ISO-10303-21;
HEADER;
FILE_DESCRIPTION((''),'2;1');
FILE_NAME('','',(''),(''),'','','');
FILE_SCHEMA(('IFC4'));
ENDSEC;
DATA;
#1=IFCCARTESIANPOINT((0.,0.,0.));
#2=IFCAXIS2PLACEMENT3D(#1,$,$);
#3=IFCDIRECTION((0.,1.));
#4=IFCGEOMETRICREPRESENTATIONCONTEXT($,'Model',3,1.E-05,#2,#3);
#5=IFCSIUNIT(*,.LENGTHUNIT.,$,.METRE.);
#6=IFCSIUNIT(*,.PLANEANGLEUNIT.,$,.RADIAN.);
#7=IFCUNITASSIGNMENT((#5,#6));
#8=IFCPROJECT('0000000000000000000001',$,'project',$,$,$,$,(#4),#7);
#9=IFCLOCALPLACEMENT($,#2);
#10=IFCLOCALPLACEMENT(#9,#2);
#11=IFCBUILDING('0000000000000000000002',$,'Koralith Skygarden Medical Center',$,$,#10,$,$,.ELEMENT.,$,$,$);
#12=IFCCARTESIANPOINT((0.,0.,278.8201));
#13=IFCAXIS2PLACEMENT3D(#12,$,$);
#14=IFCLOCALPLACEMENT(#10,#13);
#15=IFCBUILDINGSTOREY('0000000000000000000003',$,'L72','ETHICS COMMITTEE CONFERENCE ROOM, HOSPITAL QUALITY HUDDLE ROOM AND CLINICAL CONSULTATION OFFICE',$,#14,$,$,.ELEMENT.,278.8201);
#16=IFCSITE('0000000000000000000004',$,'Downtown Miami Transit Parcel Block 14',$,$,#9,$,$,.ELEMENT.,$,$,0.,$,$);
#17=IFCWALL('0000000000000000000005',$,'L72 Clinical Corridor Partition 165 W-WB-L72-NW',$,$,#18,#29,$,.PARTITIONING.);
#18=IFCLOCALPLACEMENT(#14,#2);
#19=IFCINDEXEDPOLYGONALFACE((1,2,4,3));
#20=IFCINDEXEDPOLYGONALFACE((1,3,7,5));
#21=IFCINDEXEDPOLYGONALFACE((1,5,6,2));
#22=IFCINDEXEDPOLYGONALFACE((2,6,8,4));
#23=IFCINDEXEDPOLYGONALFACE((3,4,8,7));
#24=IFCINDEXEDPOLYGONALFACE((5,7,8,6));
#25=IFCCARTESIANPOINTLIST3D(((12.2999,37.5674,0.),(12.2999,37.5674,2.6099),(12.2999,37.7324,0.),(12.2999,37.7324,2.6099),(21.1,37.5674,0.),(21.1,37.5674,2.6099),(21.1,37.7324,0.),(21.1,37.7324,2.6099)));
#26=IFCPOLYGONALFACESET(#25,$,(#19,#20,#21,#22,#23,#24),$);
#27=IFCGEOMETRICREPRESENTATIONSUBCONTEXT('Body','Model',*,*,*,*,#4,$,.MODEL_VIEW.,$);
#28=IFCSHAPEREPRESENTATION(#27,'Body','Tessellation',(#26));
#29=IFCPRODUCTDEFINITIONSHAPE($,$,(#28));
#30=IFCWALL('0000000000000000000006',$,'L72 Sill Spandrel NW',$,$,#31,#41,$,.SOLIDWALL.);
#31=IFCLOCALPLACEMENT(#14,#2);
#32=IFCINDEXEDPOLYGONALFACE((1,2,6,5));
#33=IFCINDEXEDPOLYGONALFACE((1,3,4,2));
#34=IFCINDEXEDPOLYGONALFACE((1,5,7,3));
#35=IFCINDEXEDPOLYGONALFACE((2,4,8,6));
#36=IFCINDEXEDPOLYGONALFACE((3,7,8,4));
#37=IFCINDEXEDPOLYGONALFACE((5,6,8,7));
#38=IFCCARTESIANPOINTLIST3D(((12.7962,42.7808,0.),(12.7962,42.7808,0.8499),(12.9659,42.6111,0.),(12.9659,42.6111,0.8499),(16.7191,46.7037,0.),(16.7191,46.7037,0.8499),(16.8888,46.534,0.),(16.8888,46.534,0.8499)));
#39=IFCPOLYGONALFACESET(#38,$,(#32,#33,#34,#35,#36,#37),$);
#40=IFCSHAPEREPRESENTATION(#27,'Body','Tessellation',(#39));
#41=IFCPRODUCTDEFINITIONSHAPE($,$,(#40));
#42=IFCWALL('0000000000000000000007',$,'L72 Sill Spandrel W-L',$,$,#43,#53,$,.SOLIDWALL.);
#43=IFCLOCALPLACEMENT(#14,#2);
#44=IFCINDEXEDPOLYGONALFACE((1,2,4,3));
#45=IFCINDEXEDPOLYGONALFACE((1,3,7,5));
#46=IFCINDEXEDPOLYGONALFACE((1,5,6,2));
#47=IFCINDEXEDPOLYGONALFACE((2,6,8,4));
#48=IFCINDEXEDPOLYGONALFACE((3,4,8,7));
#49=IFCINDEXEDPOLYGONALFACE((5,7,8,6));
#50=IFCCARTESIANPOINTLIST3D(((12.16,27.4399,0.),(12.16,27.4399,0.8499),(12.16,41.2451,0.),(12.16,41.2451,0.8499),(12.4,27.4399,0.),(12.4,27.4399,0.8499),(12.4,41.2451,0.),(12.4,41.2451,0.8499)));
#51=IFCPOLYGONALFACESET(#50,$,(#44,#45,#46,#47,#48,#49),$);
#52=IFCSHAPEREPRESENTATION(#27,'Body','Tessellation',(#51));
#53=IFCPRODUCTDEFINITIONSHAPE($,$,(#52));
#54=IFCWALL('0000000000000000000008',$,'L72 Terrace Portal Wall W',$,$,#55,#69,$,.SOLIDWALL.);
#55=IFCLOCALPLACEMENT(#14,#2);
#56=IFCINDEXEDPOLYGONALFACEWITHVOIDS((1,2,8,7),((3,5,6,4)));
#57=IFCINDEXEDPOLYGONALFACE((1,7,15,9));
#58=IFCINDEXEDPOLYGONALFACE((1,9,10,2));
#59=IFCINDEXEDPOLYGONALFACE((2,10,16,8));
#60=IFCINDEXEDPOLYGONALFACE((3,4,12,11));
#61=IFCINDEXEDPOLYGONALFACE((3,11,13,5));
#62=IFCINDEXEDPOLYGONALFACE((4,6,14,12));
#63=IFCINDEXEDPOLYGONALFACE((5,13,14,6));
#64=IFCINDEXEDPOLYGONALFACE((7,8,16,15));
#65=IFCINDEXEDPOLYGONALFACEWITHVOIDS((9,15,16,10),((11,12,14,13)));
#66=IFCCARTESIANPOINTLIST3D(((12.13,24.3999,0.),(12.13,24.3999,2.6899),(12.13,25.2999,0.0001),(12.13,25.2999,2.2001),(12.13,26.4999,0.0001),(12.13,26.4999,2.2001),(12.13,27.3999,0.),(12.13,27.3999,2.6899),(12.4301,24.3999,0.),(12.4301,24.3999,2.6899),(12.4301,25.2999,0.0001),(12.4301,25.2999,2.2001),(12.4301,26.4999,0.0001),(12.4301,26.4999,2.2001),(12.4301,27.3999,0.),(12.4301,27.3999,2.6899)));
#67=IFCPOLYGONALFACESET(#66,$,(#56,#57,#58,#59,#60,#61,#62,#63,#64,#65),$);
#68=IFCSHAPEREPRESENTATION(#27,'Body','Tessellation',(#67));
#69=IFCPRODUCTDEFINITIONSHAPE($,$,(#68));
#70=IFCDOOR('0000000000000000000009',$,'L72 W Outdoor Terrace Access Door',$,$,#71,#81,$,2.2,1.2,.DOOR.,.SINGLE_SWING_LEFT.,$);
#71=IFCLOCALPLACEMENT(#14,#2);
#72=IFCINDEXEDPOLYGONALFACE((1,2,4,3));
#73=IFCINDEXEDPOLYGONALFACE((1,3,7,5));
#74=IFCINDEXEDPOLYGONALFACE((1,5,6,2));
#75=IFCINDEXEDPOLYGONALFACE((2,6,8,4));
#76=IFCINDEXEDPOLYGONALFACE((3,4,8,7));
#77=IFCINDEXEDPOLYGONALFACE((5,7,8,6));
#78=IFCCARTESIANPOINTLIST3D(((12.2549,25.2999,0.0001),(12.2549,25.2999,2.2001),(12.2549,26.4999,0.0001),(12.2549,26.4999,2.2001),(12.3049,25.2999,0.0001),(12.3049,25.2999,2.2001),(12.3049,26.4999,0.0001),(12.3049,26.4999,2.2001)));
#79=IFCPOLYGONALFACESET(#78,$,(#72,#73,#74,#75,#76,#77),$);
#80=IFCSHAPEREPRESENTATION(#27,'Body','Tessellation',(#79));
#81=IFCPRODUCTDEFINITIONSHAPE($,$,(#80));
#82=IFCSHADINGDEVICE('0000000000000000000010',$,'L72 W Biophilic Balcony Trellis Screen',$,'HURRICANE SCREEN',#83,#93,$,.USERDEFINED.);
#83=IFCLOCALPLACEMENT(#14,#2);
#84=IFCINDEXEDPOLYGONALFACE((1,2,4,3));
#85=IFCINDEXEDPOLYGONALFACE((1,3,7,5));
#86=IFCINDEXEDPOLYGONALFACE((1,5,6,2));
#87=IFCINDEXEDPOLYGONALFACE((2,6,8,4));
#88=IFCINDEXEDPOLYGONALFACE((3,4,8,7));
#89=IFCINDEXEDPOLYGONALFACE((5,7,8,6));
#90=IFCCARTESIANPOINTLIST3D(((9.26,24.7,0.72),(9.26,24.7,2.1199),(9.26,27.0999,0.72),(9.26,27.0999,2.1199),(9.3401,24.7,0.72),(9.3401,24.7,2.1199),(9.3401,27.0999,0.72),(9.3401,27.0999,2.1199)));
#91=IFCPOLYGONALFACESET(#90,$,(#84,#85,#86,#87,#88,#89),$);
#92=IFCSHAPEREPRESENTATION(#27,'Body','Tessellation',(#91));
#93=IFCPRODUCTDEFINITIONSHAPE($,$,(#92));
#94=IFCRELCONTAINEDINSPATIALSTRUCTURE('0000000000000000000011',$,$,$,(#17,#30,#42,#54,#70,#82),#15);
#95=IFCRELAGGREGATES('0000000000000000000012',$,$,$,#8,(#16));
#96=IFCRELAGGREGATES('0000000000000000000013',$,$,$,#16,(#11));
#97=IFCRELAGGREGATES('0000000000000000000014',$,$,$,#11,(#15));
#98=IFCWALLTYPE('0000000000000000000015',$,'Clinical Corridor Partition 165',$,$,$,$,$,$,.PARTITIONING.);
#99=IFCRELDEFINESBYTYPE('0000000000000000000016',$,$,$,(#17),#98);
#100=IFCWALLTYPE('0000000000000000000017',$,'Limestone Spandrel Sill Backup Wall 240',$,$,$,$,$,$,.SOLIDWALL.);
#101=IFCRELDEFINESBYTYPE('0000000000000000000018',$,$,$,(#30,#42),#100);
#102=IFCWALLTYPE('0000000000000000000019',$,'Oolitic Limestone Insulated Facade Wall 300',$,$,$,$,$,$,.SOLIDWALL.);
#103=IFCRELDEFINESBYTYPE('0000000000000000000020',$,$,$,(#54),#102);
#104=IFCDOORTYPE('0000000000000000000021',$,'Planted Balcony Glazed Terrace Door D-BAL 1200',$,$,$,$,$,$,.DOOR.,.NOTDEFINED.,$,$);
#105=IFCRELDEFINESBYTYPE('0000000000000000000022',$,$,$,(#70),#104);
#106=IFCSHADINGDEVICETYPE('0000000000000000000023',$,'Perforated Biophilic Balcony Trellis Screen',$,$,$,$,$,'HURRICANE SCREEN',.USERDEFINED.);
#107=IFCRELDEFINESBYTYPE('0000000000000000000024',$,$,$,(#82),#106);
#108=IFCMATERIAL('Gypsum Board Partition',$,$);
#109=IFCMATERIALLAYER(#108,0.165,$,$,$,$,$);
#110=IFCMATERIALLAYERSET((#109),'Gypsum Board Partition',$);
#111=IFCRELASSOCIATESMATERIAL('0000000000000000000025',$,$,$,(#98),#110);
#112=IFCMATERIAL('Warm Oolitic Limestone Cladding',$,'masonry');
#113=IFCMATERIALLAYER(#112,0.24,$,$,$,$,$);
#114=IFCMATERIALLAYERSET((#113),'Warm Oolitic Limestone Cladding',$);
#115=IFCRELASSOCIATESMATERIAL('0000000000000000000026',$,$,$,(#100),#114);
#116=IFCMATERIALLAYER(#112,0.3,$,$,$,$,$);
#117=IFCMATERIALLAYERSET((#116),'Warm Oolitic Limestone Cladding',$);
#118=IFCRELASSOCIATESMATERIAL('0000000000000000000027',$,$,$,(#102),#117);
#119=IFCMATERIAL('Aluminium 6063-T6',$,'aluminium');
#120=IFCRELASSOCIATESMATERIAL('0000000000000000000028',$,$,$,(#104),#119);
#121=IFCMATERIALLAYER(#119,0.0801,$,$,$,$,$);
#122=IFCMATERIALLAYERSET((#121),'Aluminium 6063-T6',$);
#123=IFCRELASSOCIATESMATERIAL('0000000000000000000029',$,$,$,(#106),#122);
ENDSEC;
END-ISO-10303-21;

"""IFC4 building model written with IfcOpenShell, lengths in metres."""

from ifc_helpers import new_model, si_unit, direction, frame, frame_2d, origin, origin_2d, place, context, subcontext, project, spatial, rectangle, extrude, material, layer, layer_set, type_object, element, fill, save


model = new_model("IFC4")

# Units and contexts
model_context = context("Model", 3, precision=1e-05, world=origin(), true_north=direction((0.0, 1.0)))
body_context = subcontext(model_context, "Body", "Model", "MODEL_VIEW")
ifc_project = project(units=[si_unit("LENGTHUNIT", "METRE"), si_unit("PLANEANGLEUNIT", "RADIAN")], contexts=[model_context])

# Site, building, storey
site_placement = place(None, origin())
site = spatial("IfcSite", under=ifc_project, at=site_placement, Name="Downtown Miami Transit Parcel Block 14", CompositionType="ELEMENT", RefElevation=0.0)
building_placement = place(site_placement, origin())
building = spatial("IfcBuilding", under=site, at=building_placement, Name="Koralith Skygarden Medical Center", CompositionType="ELEMENT")
storey_placement = place(building_placement, frame((0.0, 0.0, 278.8201)))
storey = spatial("IfcBuildingStorey", under=building, at=storey_placement, Name="L72", Description="ETHICS COMMITTEE CONFERENCE ROOM, HOSPITAL QUALITY HUDDLE ROOM AND CLINICAL CONSULTATION OFFICE", CompositionType="ELEMENT", Elevation=278.8201)

# Shared definitions
ifc_material_1 = material(Name="Aluminium 6063-T6", Category="aluminium")

# Shared definitions
ifc_material_2 = material(Name="Warm Oolitic Limestone Cladding", Category="masonry")

# Wall
ifc_material_3 = material(Name="Gypsum Board Partition")
ifc_layer_1 = layer(ifc_material_3, 0.165)
ifc_layer_set_1 = layer_set([ifc_layer_1], Name="Gypsum Board Partition")
wall_type_1 = type_object("IfcWallType", Name="Clinical Corridor Partition 165", PredefinedType="PARTITIONING", material=ifc_layer_set_1)
wall_1_placement = place(storey_placement, frame((12.3, 37.6499, 0.0), z_axis=(0.0, 0.0, 1.0), x_axis=(1.0, 0.0, 0.0)))
element("IfcWall", 1, at=wall_1_placement, inside=storey, type_object=wall_type_1, Name="L72 Clinical Corridor Partition 165 W-WB-L72-NW", PredefinedType="PARTITIONING", context=body_context, shape_type="SweptSolid", body=[
    extrude(rectangle(XDim=8.8, YDim=0.165, at=frame_2d((4.3999, 0.0))), origin(), (0.0, 0.0, 1.0), 2.6099),
])

# Walls
ifc_layer_2 = layer(ifc_material_2, 0.24)
ifc_layer_set_2 = layer_set([ifc_layer_2], Name="Warm Oolitic Limestone Cladding")
wall_type_2 = type_object("IfcWallType", Name="Limestone Spandrel Sill Backup Wall 240", PredefinedType="SOLIDWALL", material=ifc_layer_set_2)
wall_2_placement = place(storey_placement, frame((16.804, 46.6189, 0.0), z_axis=(0.0, 0.0, 1.0), x_axis=(-0.707107, -0.707107, 0.0)))
element("IfcWall", 2, at=wall_2_placement, inside=storey, type_object=wall_type_2, Name="L72 Sill Spandrel NW", PredefinedType="SOLIDWALL", context=body_context, shape_type="SweptSolid", body=[
    extrude(rectangle(XDim=5.5479, YDim=0.24, at=frame_2d((2.7739, 0.0))), origin(), (0.0, 0.0, 1.0), 0.8499),
])
wall_3_placement = place(storey_placement, frame((12.28, 41.2451, 0.0), z_axis=(0.0, 0.0, 1.0), x_axis=(0.0, -1.0, 0.0)))
element("IfcWall", 3, at=wall_3_placement, inside=storey, type_object=wall_type_2, Name="L72 Sill Spandrel W-L", PredefinedType="SOLIDWALL", context=body_context, shape_type="SweptSolid", body=[
    extrude(rectangle(XDim=13.8052, YDim=0.24, at=frame_2d((6.9026, 0.0))), origin(), (0.0, 0.0, 1.0), 0.8499),
])

# Wall, opening, door
ifc_layer_3 = layer(ifc_material_2, 0.3)
ifc_layer_set_3 = layer_set([ifc_layer_3], Name="Warm Oolitic Limestone Cladding")
wall_type_3 = type_object("IfcWallType", Name="Oolitic Limestone Insulated Facade Wall 300", PredefinedType="SOLIDWALL", material=ifc_layer_set_3)
wall_4_placement = place(storey_placement, frame((12.28, 27.3999, 0.0), z_axis=(0.0, 0.0, 1.0), x_axis=(0.0, -1.0, 0.0)))
wall_4 = element("IfcWall", 4, at=wall_4_placement, inside=storey, type_object=wall_type_3, Name="L72 Terrace Portal Wall W", PredefinedType="SOLIDWALL", context=body_context, shape_type="SweptSolid", body=[
    extrude(rectangle(XDim=3.0, YDim=0.3, at=frame_2d((1.5, 0.0))), origin(), (0.0, 0.0, 1.0), 2.6899),
])
opening_1_placement = place(wall_4_placement, frame((0.8999, 0.0, 0.0)))
opening_1 = element("IfcOpeningElement", 5, at=opening_1_placement, cuts=wall_4, PredefinedType="OPENING", context=body_context, shape_type="SweptSolid", body=[
    extrude(rectangle(XDim=1.2, YDim=2.2, at=frame_2d((0.6001, 1.1001))), frame((0.0, 0.1599, 0.0), z_axis=(0.0, -1.0, 0.0), x_axis=(1.0, 0.0, 0.0)), (0.0, 0.0, 1.0), 0.3201),
])
door_type_1 = type_object("IfcDoorType", Name="Planted Balcony Glazed Terrace Door D-BAL 1200", OperationType="NOTDEFINED", PredefinedType="DOOR", material=ifc_material_1)
door_1_placement = place(opening_1_placement, origin())
door_1 = element("IfcDoor", 6, at=door_1_placement, inside=storey, type_object=door_type_1, Name="L72 W Outdoor Terrace Access Door", OperationType="SINGLE_SWING_LEFT", OverallHeight=2.2, OverallWidth=1.2, PredefinedType="DOOR", context=body_context, shape_type="SweptSolid", body=[
    extrude(rectangle(XDim=1.2, YDim=2.2, at=frame_2d((0.6001, 1.1001))), frame((0.0, 0.0249, 0.0), z_axis=(0.0, -1.0, 0.0), x_axis=(1.0, 0.0, 0.0)), (0.0, 0.0, 1.0), 0.05),
])
fill(opening_1, door_1)

# Shading device
ifc_layer_4 = layer(ifc_material_1, 0.0801)
ifc_layer_set_4 = layer_set([ifc_layer_4], Name="Aluminium 6063-T6")
shading_device_type = type_object("IfcShadingDeviceType", Name="Perforated Biophilic Balcony Trellis Screen", ElementType="HURRICANE SCREEN", PredefinedType="USERDEFINED", material=ifc_layer_set_4)
shading_device_placement = place(storey_placement, frame((9.3, 25.8999, 0.72), z_axis=(0.0, 0.0, 1.0), x_axis=(0.0, 1.0, 0.0)))
element("IfcShadingDevice", 7, at=shading_device_placement, inside=storey, type_object=shading_device_type, Name="L72 W Biophilic Balcony Trellis Screen", ObjectType="HURRICANE SCREEN", PredefinedType="USERDEFINED", context=body_context, shape_type="SweptSolid", body=[
    extrude(rectangle(XDim=2.3999, YDim=0.0801, at=origin_2d()), origin(), (0.0, 0.0, 1.0), 1.3999),
])

save(model, "model.ifc")
